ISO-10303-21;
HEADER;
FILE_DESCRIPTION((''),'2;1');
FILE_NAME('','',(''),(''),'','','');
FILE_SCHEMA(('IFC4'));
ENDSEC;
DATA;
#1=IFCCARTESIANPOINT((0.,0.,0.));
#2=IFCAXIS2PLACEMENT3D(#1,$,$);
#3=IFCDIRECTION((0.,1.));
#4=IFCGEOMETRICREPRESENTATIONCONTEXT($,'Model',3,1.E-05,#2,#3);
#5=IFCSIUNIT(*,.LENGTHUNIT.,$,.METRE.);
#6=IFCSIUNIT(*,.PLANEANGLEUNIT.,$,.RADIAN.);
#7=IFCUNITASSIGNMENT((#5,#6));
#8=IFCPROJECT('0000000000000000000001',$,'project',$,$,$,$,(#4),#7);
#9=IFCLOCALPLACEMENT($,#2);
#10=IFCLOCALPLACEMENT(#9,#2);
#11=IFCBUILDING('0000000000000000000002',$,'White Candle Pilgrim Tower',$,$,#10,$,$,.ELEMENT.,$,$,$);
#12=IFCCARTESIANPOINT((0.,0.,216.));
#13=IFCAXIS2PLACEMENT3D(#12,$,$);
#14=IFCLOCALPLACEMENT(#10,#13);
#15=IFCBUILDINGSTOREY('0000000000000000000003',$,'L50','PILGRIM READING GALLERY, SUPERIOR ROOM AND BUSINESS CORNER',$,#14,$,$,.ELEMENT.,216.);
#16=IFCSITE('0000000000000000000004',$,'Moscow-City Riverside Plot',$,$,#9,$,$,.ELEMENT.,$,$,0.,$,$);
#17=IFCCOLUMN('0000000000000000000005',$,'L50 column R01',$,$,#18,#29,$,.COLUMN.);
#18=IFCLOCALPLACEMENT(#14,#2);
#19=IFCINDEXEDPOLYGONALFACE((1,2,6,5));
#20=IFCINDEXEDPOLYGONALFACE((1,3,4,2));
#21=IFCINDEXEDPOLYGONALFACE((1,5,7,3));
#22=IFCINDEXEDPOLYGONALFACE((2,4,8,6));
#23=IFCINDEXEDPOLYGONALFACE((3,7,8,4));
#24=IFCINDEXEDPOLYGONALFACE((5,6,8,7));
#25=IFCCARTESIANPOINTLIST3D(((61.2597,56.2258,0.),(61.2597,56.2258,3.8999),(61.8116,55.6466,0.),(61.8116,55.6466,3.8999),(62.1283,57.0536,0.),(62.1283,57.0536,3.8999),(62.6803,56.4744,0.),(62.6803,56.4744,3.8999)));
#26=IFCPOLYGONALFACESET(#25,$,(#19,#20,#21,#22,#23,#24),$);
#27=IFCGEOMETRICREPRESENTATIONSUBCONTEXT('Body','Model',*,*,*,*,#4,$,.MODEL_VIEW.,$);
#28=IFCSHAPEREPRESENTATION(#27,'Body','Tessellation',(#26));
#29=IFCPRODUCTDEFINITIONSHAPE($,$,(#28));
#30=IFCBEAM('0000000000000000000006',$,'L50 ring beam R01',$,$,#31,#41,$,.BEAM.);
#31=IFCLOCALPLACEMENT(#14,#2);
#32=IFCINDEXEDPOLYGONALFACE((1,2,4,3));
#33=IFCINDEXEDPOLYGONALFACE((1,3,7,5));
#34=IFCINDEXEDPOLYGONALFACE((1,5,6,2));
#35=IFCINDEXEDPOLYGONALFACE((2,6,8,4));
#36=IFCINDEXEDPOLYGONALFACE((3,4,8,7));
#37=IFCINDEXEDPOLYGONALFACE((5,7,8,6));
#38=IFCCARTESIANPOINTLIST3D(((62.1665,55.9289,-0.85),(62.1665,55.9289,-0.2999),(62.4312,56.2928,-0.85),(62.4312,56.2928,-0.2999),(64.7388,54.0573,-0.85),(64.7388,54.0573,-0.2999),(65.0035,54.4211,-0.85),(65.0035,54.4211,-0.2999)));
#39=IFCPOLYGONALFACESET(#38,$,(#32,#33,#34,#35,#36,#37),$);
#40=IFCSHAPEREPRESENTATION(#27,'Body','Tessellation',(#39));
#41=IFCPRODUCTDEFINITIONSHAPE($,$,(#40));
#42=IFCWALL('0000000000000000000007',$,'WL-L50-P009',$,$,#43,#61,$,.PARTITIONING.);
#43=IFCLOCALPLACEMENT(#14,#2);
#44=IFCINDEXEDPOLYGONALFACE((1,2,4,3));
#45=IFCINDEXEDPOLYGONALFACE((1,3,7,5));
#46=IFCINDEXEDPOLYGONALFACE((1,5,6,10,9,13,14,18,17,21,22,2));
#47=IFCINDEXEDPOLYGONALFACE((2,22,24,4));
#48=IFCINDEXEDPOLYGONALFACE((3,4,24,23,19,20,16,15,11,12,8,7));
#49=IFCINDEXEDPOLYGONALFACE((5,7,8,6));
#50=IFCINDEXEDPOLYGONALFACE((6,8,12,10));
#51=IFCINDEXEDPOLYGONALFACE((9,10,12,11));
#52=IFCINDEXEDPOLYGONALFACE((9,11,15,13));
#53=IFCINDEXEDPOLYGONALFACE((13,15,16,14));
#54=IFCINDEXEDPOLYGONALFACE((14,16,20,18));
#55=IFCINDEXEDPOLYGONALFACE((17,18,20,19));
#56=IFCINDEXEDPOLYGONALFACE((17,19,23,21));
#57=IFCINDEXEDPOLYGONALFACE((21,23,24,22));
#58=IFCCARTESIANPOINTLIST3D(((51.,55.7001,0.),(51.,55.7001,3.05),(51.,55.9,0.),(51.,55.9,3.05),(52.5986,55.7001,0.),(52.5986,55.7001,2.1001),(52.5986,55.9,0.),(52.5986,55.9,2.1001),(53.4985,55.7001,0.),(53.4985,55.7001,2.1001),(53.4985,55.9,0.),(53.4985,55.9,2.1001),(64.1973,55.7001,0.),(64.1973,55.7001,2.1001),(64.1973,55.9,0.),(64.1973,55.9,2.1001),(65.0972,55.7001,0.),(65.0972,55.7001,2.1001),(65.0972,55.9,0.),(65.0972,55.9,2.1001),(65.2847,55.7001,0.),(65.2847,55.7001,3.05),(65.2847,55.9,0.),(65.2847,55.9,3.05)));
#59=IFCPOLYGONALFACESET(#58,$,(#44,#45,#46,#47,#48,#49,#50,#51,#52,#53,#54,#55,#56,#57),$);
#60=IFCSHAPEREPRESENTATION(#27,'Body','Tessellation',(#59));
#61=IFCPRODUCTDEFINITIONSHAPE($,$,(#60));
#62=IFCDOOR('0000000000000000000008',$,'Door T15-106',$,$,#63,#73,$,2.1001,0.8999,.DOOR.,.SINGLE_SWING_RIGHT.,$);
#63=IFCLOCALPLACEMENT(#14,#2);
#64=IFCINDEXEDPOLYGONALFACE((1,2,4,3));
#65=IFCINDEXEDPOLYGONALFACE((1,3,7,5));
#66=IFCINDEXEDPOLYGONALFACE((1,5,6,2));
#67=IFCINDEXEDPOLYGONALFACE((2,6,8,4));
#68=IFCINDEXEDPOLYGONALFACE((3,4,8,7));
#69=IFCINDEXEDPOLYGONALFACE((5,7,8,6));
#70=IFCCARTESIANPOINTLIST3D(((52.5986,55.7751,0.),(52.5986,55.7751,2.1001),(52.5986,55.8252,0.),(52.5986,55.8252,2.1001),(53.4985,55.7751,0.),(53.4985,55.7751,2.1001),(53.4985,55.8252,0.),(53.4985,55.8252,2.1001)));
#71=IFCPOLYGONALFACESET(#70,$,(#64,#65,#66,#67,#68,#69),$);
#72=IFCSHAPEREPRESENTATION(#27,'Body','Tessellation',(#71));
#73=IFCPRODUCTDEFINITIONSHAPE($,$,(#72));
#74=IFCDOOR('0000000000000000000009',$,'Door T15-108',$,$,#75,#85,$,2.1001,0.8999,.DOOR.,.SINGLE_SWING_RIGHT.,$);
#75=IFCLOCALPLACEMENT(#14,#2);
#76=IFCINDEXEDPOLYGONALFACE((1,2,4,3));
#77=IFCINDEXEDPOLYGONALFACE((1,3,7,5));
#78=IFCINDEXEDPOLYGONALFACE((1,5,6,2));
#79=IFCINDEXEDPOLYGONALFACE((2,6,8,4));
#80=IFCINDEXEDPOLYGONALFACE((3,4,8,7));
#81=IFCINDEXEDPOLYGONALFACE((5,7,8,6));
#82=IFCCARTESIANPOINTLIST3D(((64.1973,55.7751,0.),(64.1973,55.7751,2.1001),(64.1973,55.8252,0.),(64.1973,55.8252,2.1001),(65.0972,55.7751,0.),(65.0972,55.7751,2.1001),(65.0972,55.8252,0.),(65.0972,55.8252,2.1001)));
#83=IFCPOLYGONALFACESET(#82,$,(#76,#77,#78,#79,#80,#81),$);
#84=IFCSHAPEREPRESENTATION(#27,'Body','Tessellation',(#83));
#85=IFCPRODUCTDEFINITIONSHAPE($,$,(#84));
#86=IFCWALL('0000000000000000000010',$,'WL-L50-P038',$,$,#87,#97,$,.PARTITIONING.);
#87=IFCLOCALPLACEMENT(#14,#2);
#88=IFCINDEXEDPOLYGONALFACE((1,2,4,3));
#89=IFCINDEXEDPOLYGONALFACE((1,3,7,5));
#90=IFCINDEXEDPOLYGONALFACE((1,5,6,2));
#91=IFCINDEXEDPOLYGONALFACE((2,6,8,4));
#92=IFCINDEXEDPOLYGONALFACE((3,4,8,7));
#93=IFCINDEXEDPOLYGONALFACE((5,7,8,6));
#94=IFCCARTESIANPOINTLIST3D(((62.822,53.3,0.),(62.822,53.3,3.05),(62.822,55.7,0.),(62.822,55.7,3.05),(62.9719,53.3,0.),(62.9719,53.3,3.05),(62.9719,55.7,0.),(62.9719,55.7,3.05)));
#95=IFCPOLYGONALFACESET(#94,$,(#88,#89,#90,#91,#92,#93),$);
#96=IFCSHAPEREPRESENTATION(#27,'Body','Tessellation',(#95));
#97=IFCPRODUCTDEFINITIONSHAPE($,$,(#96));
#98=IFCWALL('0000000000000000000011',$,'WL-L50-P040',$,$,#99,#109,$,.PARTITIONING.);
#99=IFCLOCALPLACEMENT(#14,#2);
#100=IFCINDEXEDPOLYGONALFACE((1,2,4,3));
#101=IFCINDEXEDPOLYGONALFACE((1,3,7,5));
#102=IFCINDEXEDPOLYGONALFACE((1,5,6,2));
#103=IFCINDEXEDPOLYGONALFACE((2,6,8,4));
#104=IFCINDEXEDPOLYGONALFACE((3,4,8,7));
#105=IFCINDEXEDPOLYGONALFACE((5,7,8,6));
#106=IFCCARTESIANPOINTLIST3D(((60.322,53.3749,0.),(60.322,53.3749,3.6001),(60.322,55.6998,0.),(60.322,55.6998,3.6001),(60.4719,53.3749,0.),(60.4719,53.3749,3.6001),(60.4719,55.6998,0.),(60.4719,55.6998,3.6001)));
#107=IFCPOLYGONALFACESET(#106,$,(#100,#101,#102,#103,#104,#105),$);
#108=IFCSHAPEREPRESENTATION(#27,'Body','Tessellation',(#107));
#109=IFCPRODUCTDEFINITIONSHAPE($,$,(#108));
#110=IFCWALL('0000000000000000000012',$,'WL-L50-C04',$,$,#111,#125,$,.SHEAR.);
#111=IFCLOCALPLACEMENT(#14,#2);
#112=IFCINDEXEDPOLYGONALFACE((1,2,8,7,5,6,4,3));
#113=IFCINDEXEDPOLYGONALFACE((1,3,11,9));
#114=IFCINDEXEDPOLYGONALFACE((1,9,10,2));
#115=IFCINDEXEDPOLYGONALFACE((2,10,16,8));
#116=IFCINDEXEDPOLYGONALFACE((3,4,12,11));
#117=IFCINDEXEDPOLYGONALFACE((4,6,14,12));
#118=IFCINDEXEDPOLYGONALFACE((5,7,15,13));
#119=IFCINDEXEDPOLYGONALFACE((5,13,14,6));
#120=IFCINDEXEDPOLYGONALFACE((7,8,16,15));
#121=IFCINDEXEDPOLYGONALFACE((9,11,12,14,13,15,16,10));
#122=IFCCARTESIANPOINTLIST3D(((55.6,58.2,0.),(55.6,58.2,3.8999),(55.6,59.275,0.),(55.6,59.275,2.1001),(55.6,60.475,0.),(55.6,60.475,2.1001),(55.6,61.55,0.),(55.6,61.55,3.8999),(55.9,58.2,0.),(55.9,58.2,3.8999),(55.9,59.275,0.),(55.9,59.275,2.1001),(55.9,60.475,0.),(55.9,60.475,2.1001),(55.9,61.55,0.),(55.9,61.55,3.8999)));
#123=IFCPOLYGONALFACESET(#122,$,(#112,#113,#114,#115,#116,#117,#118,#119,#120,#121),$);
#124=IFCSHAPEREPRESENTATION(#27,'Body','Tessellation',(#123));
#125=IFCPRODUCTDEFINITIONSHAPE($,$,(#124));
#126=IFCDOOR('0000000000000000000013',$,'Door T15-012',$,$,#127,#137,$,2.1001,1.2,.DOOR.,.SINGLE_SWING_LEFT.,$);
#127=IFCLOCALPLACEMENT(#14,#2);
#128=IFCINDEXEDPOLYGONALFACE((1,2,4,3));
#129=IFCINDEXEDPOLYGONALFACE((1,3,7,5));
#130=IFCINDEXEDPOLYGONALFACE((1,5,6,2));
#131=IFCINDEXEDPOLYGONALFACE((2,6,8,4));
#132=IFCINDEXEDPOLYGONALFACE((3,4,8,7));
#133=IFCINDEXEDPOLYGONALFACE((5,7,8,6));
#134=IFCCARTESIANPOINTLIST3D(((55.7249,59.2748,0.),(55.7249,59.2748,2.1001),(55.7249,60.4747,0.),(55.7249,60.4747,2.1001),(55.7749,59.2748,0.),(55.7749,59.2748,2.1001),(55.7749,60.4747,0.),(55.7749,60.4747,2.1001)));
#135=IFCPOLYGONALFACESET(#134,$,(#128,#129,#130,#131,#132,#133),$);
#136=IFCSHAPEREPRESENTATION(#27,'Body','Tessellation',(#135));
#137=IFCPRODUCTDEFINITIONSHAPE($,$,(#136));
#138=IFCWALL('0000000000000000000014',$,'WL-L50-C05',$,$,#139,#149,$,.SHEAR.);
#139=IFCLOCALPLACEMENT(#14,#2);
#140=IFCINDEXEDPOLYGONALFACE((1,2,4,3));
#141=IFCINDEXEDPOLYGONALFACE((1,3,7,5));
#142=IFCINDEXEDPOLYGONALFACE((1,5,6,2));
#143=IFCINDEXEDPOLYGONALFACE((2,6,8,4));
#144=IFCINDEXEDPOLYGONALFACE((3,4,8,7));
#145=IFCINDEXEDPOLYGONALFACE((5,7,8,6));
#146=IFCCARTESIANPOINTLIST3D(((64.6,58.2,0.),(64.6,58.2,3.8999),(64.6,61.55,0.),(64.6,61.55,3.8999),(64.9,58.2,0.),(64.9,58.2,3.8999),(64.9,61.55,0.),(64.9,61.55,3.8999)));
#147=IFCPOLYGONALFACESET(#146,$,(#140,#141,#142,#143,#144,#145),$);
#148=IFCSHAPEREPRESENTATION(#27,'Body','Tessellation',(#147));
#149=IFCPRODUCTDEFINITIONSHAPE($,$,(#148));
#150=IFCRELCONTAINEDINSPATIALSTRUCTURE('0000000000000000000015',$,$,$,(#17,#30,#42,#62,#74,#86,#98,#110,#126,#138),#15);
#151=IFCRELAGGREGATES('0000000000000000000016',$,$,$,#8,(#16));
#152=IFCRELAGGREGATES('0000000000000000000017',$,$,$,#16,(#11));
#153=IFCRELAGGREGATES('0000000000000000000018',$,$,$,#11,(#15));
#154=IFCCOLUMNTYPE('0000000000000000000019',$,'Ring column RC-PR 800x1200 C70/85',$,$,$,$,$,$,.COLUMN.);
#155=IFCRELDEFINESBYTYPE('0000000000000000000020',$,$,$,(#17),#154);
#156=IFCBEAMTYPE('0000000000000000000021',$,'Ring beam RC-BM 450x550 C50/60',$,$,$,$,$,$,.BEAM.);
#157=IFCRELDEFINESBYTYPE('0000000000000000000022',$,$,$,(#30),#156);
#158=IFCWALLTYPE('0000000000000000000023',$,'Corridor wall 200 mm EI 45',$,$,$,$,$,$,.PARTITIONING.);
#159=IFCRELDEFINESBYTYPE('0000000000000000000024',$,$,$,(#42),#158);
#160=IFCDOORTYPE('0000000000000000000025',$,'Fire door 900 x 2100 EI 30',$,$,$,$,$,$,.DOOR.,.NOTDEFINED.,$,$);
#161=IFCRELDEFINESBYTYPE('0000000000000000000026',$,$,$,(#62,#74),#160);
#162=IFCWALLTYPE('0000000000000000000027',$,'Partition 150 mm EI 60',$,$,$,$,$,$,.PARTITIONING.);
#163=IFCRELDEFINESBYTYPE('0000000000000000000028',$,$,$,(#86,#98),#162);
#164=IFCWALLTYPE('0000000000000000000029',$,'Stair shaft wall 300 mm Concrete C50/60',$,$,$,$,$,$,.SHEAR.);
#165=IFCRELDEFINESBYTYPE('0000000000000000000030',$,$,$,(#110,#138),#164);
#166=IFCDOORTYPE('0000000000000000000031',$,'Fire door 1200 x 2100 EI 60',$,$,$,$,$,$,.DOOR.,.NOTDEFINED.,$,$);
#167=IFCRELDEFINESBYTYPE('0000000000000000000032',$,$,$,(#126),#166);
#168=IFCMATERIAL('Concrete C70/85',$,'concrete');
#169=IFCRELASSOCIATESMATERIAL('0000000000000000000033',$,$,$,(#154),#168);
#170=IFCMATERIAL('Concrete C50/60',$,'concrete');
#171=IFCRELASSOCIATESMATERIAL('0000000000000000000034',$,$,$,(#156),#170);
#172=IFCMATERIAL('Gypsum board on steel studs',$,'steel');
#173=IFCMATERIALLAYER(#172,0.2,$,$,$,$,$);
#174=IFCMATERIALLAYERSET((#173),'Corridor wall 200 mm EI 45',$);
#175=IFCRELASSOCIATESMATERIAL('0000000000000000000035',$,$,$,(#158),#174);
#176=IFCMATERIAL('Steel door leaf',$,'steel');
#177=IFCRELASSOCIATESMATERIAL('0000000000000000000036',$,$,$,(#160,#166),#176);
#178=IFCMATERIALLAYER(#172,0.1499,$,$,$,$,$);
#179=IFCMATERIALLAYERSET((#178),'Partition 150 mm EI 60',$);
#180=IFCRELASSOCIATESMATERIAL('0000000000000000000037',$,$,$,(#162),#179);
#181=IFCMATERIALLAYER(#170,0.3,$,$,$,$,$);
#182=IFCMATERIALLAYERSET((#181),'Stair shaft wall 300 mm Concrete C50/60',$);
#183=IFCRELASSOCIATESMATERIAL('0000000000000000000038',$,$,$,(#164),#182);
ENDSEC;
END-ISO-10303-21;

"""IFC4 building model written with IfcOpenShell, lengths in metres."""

from ifc_helpers import new_model, si_unit, direction, frame, frame_2d, origin, origin_2d, place, context, subcontext, project, spatial, rectangle, extrude, material, layer, layer_set, material_profile, profile_set, type_object, element, fill, save


model = new_model("IFC4")

# Units and contexts
model_context = context("Model", 3, precision=1e-05, world=origin(), true_north=direction((0.0, 1.0)))
body_context = subcontext(model_context, "Body", "Model", "MODEL_VIEW")
ifc_project = project(units=[si_unit("LENGTHUNIT", "METRE"), si_unit("PLANEANGLEUNIT", "RADIAN")], contexts=[model_context])

# Site, building, storey
site_placement = place(None, origin())
site = spatial("IfcSite", under=ifc_project, at=site_placement, Name="Moscow-City Riverside Plot", CompositionType="ELEMENT", RefElevation=0.0)
building_placement = place(site_placement, origin())
building = spatial("IfcBuilding", under=site, at=building_placement, Name="White Candle Pilgrim Tower", CompositionType="ELEMENT")
storey_placement = place(building_placement, frame((0.0, 0.0, 216.0)))
storey = spatial("IfcBuildingStorey", under=building, at=storey_placement, Name="L50", Description="PILGRIM READING GALLERY, SUPERIOR ROOM AND BUSINESS CORNER", CompositionType="ELEMENT", Elevation=216.0)

# Column
ifc_material_1 = material(Name="Concrete C70/85", Category="concrete")
ifc_material_profile_1 = material_profile(ifc_material_1, rectangle(XDim=0.8, YDim=1.2, at=origin_2d()), Name="RC-PR 800x1200")
ifc_profile_set_1 = profile_set([ifc_material_profile_1], Name="Concrete C70/85")
column_type = type_object("IfcColumnType", Name="Ring column RC-PR 800x1200 C70/85", PredefinedType="COLUMN", material=ifc_profile_set_1)
column_placement = place(storey_placement, frame((61.97, 56.3501, 0.0), z_axis=(0.0, 0.0, 1.0), x_axis=(-0.689872, 0.723931, 0.0)))
element("IfcColumn", 1, at=column_placement, inside=storey, type_object=column_type, Name="L50 column R01", PredefinedType="COLUMN", context=body_context, shape_type="SweptSolid", body=[
    extrude(rectangle(XDim=0.8, YDim=1.2, at=origin_2d()), origin(), (0.0, 0.0, 1.0), 3.8999),
])

# Beam
ifc_material_2 = material(Name="Concrete C50/60", Category="concrete")
ifc_material_profile_2 = material_profile(ifc_material_2, rectangle(XDim=0.45, YDim=0.55, at=origin_2d()), Name="RC-BM 450x550")
ifc_profile_set_2 = profile_set([ifc_material_profile_2], Name="Concrete C50/60")
beam_type = type_object("IfcBeamType", Name="Ring beam RC-BM 450x550 C50/60", PredefinedType="BEAM", material=ifc_profile_set_2)
beam_placement = place(storey_placement, frame((62.2988, 56.1108, -0.575), z_axis=(0.80861, -0.588345, 0.0), x_axis=(0.588345, 0.80861, 0.0)))
element("IfcBeam", 2, at=beam_placement, inside=storey, type_object=beam_type, Name="L50 ring beam R01", PredefinedType="BEAM", context=body_context, shape_type="SweptSolid", body=[
    extrude(rectangle(XDim=0.45, YDim=0.55, at=origin_2d()), origin(), (0.0, 0.0, 1.0), 3.1812),
])

# Wall, openings, doors
ifc_material_3 = material(Name="Gypsum board on steel studs", Category="steel")
ifc_layer_1 = layer(ifc_material_3, 0.2)
ifc_layer_set_1 = layer_set([ifc_layer_1], Name="Corridor wall 200 mm EI 45")
wall_type_1 = type_object("IfcWallType", Name="Corridor wall 200 mm EI 45", PredefinedType="PARTITIONING", material=ifc_layer_set_1)
wall_1_placement = place(storey_placement, frame((65.2847, 55.8, 0.0), z_axis=(0.0, 0.0, 1.0), x_axis=(-1.0, 0.0, 0.0)))
wall_1 = element("IfcWall", 3, at=wall_1_placement, inside=storey, type_object=wall_type_1, Name="WL-L50-P009", PredefinedType="PARTITIONING", context=body_context, shape_type="SweptSolid", body=[
    extrude(rectangle(XDim=14.2847, YDim=0.2, at=frame_2d((7.1423, 0.0))), origin(), (0.0, 0.0, 1.0), 3.05),
])
opening_1_placement = place(wall_1_placement, frame((11.7861, 0.0, 0.0)))
opening_1 = element("IfcOpeningElement", 4, at=opening_1_placement, cuts=wall_1, PredefinedType="OPENING", context=body_context, shape_type="SweptSolid", body=[
    extrude(rectangle(XDim=0.8999, YDim=2.1001, at=frame_2d((0.45, 1.05))), frame((0.0, 0.1099, 0.0), z_axis=(0.0, -1.0, 0.0), x_axis=(1.0, 0.0, 0.0)), (0.0, 0.0, 1.0), 0.22),
])
opening_2_placement = place(wall_1_placement, frame((0.1875, 0.0, 0.0)))
opening_2 = element("IfcOpeningElement", 5, at=opening_2_placement, cuts=wall_1, PredefinedType="OPENING", context=body_context, shape_type="SweptSolid", body=[
    extrude(rectangle(XDim=0.8999, YDim=2.1001, at=frame_2d((0.45, 1.05))), frame((0.0, 0.1099, 0.0), z_axis=(0.0, -1.0, 0.0), x_axis=(1.0, 0.0, 0.0)), (0.0, 0.0, 1.0), 0.22),
])
ifc_material_4 = material(Name="Steel door leaf", Category="steel")
door_type_1 = type_object("IfcDoorType", Name="Fire door 900 x 2100 EI 30", OperationType="NOTDEFINED", PredefinedType="DOOR", material=ifc_material_4)
door_1_placement = place(opening_1_placement, origin())
door_1 = element("IfcDoor", 6, at=door_1_placement, inside=storey, type_object=door_type_1, Name="Door T15-106", OperationType="SINGLE_SWING_RIGHT", OverallHeight=2.1001, OverallWidth=0.8999, PredefinedType="DOOR", context=body_context, shape_type="SweptSolid", body=[
    extrude(rectangle(XDim=0.8999, YDim=2.1001, at=frame_2d((0.45, 1.05))), frame((0.0, 0.0249, 0.0), z_axis=(0.0, -1.0, 0.0), x_axis=(1.0, 0.0, 0.0)), (0.0, 0.0, 1.0), 0.05),
])
fill(opening_1, door_1)
door_2_placement = place(opening_2_placement, origin())
door_2 = element("IfcDoor", 7, at=door_2_placement, inside=storey, type_object=door_type_1, Name="Door T15-108", OperationType="SINGLE_SWING_RIGHT", OverallHeight=2.1001, OverallWidth=0.8999, PredefinedType="DOOR", context=body_context, shape_type="SweptSolid", body=[
    extrude(rectangle(XDim=0.8999, YDim=2.1001, at=frame_2d((0.45, 1.05))), frame((0.0, 0.0249, 0.0), z_axis=(0.0, -1.0, 0.0), x_axis=(1.0, 0.0, 0.0)), (0.0, 0.0, 1.0), 0.05),
])
fill(opening_2, door_2)

# Walls
ifc_layer_2 = layer(ifc_material_3, 0.1499)
ifc_layer_set_2 = layer_set([ifc_layer_2], Name="Partition 150 mm EI 60")
wall_type_2 = type_object("IfcWallType", Name="Partition 150 mm EI 60", PredefinedType="PARTITIONING", material=ifc_layer_set_2)
wall_2_placement = place(storey_placement, frame((62.897, 55.7, 0.0), z_axis=(0.0, 0.0, 1.0), x_axis=(0.0, -1.0, 0.0)))
element("IfcWall", 8, at=wall_2_placement, inside=storey, type_object=wall_type_2, Name="WL-L50-P038", PredefinedType="PARTITIONING", context=body_context, shape_type="SweptSolid", body=[
    extrude(rectangle(XDim=2.3999, YDim=0.1499, at=frame_2d((1.2, 0.0))), origin(), (0.0, 0.0, 1.0), 3.05),
])
wall_3_placement = place(storey_placement, frame((60.397, 55.7, 0.0), z_axis=(0.0, 0.0, 1.0), x_axis=(0.0, -1.0, 0.0)))
element("IfcWall", 9, at=wall_3_placement, inside=storey, type_object=wall_type_2, Name="WL-L50-P040", PredefinedType="PARTITIONING", context=body_context, shape_type="SweptSolid", body=[
    extrude(rectangle(XDim=2.325, YDim=0.1499, at=frame_2d((1.1626, 0.0))), origin(), (0.0, 0.0, 1.0), 3.6001),
])

# Wall, opening, door
ifc_layer_3 = layer(ifc_material_2, 0.3)
ifc_layer_set_3 = layer_set([ifc_layer_3], Name="Stair shaft wall 300 mm Concrete C50/60")
wall_type_3 = type_object("IfcWallType", Name="Stair shaft wall 300 mm Concrete C50/60", PredefinedType="SHEAR", material=ifc_layer_set_3)
wall_4_placement = place(storey_placement, frame((55.75, 58.2, 0.0), z_axis=(0.0, 0.0, 1.0), x_axis=(0.0, 1.0, 0.0)))
wall_4 = element("IfcWall", 10, at=wall_4_placement, inside=storey, type_object=wall_type_3, Name="WL-L50-C04", PredefinedType="SHEAR", context=body_context, shape_type="SweptSolid", body=[
    extrude(rectangle(XDim=3.3501, YDim=0.3, at=frame_2d((1.675, 0.0))), origin(), (0.0, 0.0, 1.0), 3.8999),
])
opening_3_placement = place(wall_4_placement, frame((1.075, 0.0, 0.0)))
opening_3 = element("IfcOpeningElement", 11, at=opening_3_placement, cuts=wall_4, PredefinedType="OPENING", context=body_context, shape_type="SweptSolid", body=[
    extrude(rectangle(XDim=1.2, YDim=2.1001, at=frame_2d((0.6001, 1.05))), frame((0.0, 0.1599, 0.0), z_axis=(0.0, -1.0, 0.0), x_axis=(1.0, 0.0, 0.0)), (0.0, 0.0, 1.0), 0.3201),
])
door_type_2 = type_object("IfcDoorType", Name="Fire door 1200 x 2100 EI 60", OperationType="NOTDEFINED", PredefinedType="DOOR", material=ifc_material_4)
door_3_placement = place(opening_3_placement, frame((1.2, 0.0, 0.0), z_axis=(0.0, 0.0, 1.0), x_axis=(-1.0, 0.0, 0.0)))
door_3 = element("IfcDoor", 12, at=door_3_placement, inside=storey, type_object=door_type_2, Name="Door T15-012", OperationType="SINGLE_SWING_LEFT", OverallHeight=2.1001, OverallWidth=1.2, PredefinedType="DOOR", context=body_context, shape_type="SweptSolid", body=[
    extrude(rectangle(XDim=1.2, YDim=2.1001, at=frame_2d((0.6001, 1.05))), frame((0.0, 0.0249, 0.0), z_axis=(0.0, -1.0, 0.0), x_axis=(1.0, 0.0, 0.0)), (0.0, 0.0, 1.0), 0.05),
])
fill(opening_3, door_3)

# Wall
wall_5_placement = place(storey_placement, frame((64.75, 58.2, 0.0), z_axis=(0.0, 0.0, 1.0), x_axis=(0.0, 1.0, 0.0)))
element("IfcWall", 13, at=wall_5_placement, inside=storey, type_object=wall_type_3, Name="WL-L50-C05", PredefinedType="SHEAR", context=body_context, shape_type="SweptSolid", body=[
    extrude(rectangle(XDim=3.3501, YDim=0.3, at=frame_2d((1.675, 0.0))), origin(), (0.0, 0.0, 1.0), 3.8999),
])

save(model, "model.ifc")
